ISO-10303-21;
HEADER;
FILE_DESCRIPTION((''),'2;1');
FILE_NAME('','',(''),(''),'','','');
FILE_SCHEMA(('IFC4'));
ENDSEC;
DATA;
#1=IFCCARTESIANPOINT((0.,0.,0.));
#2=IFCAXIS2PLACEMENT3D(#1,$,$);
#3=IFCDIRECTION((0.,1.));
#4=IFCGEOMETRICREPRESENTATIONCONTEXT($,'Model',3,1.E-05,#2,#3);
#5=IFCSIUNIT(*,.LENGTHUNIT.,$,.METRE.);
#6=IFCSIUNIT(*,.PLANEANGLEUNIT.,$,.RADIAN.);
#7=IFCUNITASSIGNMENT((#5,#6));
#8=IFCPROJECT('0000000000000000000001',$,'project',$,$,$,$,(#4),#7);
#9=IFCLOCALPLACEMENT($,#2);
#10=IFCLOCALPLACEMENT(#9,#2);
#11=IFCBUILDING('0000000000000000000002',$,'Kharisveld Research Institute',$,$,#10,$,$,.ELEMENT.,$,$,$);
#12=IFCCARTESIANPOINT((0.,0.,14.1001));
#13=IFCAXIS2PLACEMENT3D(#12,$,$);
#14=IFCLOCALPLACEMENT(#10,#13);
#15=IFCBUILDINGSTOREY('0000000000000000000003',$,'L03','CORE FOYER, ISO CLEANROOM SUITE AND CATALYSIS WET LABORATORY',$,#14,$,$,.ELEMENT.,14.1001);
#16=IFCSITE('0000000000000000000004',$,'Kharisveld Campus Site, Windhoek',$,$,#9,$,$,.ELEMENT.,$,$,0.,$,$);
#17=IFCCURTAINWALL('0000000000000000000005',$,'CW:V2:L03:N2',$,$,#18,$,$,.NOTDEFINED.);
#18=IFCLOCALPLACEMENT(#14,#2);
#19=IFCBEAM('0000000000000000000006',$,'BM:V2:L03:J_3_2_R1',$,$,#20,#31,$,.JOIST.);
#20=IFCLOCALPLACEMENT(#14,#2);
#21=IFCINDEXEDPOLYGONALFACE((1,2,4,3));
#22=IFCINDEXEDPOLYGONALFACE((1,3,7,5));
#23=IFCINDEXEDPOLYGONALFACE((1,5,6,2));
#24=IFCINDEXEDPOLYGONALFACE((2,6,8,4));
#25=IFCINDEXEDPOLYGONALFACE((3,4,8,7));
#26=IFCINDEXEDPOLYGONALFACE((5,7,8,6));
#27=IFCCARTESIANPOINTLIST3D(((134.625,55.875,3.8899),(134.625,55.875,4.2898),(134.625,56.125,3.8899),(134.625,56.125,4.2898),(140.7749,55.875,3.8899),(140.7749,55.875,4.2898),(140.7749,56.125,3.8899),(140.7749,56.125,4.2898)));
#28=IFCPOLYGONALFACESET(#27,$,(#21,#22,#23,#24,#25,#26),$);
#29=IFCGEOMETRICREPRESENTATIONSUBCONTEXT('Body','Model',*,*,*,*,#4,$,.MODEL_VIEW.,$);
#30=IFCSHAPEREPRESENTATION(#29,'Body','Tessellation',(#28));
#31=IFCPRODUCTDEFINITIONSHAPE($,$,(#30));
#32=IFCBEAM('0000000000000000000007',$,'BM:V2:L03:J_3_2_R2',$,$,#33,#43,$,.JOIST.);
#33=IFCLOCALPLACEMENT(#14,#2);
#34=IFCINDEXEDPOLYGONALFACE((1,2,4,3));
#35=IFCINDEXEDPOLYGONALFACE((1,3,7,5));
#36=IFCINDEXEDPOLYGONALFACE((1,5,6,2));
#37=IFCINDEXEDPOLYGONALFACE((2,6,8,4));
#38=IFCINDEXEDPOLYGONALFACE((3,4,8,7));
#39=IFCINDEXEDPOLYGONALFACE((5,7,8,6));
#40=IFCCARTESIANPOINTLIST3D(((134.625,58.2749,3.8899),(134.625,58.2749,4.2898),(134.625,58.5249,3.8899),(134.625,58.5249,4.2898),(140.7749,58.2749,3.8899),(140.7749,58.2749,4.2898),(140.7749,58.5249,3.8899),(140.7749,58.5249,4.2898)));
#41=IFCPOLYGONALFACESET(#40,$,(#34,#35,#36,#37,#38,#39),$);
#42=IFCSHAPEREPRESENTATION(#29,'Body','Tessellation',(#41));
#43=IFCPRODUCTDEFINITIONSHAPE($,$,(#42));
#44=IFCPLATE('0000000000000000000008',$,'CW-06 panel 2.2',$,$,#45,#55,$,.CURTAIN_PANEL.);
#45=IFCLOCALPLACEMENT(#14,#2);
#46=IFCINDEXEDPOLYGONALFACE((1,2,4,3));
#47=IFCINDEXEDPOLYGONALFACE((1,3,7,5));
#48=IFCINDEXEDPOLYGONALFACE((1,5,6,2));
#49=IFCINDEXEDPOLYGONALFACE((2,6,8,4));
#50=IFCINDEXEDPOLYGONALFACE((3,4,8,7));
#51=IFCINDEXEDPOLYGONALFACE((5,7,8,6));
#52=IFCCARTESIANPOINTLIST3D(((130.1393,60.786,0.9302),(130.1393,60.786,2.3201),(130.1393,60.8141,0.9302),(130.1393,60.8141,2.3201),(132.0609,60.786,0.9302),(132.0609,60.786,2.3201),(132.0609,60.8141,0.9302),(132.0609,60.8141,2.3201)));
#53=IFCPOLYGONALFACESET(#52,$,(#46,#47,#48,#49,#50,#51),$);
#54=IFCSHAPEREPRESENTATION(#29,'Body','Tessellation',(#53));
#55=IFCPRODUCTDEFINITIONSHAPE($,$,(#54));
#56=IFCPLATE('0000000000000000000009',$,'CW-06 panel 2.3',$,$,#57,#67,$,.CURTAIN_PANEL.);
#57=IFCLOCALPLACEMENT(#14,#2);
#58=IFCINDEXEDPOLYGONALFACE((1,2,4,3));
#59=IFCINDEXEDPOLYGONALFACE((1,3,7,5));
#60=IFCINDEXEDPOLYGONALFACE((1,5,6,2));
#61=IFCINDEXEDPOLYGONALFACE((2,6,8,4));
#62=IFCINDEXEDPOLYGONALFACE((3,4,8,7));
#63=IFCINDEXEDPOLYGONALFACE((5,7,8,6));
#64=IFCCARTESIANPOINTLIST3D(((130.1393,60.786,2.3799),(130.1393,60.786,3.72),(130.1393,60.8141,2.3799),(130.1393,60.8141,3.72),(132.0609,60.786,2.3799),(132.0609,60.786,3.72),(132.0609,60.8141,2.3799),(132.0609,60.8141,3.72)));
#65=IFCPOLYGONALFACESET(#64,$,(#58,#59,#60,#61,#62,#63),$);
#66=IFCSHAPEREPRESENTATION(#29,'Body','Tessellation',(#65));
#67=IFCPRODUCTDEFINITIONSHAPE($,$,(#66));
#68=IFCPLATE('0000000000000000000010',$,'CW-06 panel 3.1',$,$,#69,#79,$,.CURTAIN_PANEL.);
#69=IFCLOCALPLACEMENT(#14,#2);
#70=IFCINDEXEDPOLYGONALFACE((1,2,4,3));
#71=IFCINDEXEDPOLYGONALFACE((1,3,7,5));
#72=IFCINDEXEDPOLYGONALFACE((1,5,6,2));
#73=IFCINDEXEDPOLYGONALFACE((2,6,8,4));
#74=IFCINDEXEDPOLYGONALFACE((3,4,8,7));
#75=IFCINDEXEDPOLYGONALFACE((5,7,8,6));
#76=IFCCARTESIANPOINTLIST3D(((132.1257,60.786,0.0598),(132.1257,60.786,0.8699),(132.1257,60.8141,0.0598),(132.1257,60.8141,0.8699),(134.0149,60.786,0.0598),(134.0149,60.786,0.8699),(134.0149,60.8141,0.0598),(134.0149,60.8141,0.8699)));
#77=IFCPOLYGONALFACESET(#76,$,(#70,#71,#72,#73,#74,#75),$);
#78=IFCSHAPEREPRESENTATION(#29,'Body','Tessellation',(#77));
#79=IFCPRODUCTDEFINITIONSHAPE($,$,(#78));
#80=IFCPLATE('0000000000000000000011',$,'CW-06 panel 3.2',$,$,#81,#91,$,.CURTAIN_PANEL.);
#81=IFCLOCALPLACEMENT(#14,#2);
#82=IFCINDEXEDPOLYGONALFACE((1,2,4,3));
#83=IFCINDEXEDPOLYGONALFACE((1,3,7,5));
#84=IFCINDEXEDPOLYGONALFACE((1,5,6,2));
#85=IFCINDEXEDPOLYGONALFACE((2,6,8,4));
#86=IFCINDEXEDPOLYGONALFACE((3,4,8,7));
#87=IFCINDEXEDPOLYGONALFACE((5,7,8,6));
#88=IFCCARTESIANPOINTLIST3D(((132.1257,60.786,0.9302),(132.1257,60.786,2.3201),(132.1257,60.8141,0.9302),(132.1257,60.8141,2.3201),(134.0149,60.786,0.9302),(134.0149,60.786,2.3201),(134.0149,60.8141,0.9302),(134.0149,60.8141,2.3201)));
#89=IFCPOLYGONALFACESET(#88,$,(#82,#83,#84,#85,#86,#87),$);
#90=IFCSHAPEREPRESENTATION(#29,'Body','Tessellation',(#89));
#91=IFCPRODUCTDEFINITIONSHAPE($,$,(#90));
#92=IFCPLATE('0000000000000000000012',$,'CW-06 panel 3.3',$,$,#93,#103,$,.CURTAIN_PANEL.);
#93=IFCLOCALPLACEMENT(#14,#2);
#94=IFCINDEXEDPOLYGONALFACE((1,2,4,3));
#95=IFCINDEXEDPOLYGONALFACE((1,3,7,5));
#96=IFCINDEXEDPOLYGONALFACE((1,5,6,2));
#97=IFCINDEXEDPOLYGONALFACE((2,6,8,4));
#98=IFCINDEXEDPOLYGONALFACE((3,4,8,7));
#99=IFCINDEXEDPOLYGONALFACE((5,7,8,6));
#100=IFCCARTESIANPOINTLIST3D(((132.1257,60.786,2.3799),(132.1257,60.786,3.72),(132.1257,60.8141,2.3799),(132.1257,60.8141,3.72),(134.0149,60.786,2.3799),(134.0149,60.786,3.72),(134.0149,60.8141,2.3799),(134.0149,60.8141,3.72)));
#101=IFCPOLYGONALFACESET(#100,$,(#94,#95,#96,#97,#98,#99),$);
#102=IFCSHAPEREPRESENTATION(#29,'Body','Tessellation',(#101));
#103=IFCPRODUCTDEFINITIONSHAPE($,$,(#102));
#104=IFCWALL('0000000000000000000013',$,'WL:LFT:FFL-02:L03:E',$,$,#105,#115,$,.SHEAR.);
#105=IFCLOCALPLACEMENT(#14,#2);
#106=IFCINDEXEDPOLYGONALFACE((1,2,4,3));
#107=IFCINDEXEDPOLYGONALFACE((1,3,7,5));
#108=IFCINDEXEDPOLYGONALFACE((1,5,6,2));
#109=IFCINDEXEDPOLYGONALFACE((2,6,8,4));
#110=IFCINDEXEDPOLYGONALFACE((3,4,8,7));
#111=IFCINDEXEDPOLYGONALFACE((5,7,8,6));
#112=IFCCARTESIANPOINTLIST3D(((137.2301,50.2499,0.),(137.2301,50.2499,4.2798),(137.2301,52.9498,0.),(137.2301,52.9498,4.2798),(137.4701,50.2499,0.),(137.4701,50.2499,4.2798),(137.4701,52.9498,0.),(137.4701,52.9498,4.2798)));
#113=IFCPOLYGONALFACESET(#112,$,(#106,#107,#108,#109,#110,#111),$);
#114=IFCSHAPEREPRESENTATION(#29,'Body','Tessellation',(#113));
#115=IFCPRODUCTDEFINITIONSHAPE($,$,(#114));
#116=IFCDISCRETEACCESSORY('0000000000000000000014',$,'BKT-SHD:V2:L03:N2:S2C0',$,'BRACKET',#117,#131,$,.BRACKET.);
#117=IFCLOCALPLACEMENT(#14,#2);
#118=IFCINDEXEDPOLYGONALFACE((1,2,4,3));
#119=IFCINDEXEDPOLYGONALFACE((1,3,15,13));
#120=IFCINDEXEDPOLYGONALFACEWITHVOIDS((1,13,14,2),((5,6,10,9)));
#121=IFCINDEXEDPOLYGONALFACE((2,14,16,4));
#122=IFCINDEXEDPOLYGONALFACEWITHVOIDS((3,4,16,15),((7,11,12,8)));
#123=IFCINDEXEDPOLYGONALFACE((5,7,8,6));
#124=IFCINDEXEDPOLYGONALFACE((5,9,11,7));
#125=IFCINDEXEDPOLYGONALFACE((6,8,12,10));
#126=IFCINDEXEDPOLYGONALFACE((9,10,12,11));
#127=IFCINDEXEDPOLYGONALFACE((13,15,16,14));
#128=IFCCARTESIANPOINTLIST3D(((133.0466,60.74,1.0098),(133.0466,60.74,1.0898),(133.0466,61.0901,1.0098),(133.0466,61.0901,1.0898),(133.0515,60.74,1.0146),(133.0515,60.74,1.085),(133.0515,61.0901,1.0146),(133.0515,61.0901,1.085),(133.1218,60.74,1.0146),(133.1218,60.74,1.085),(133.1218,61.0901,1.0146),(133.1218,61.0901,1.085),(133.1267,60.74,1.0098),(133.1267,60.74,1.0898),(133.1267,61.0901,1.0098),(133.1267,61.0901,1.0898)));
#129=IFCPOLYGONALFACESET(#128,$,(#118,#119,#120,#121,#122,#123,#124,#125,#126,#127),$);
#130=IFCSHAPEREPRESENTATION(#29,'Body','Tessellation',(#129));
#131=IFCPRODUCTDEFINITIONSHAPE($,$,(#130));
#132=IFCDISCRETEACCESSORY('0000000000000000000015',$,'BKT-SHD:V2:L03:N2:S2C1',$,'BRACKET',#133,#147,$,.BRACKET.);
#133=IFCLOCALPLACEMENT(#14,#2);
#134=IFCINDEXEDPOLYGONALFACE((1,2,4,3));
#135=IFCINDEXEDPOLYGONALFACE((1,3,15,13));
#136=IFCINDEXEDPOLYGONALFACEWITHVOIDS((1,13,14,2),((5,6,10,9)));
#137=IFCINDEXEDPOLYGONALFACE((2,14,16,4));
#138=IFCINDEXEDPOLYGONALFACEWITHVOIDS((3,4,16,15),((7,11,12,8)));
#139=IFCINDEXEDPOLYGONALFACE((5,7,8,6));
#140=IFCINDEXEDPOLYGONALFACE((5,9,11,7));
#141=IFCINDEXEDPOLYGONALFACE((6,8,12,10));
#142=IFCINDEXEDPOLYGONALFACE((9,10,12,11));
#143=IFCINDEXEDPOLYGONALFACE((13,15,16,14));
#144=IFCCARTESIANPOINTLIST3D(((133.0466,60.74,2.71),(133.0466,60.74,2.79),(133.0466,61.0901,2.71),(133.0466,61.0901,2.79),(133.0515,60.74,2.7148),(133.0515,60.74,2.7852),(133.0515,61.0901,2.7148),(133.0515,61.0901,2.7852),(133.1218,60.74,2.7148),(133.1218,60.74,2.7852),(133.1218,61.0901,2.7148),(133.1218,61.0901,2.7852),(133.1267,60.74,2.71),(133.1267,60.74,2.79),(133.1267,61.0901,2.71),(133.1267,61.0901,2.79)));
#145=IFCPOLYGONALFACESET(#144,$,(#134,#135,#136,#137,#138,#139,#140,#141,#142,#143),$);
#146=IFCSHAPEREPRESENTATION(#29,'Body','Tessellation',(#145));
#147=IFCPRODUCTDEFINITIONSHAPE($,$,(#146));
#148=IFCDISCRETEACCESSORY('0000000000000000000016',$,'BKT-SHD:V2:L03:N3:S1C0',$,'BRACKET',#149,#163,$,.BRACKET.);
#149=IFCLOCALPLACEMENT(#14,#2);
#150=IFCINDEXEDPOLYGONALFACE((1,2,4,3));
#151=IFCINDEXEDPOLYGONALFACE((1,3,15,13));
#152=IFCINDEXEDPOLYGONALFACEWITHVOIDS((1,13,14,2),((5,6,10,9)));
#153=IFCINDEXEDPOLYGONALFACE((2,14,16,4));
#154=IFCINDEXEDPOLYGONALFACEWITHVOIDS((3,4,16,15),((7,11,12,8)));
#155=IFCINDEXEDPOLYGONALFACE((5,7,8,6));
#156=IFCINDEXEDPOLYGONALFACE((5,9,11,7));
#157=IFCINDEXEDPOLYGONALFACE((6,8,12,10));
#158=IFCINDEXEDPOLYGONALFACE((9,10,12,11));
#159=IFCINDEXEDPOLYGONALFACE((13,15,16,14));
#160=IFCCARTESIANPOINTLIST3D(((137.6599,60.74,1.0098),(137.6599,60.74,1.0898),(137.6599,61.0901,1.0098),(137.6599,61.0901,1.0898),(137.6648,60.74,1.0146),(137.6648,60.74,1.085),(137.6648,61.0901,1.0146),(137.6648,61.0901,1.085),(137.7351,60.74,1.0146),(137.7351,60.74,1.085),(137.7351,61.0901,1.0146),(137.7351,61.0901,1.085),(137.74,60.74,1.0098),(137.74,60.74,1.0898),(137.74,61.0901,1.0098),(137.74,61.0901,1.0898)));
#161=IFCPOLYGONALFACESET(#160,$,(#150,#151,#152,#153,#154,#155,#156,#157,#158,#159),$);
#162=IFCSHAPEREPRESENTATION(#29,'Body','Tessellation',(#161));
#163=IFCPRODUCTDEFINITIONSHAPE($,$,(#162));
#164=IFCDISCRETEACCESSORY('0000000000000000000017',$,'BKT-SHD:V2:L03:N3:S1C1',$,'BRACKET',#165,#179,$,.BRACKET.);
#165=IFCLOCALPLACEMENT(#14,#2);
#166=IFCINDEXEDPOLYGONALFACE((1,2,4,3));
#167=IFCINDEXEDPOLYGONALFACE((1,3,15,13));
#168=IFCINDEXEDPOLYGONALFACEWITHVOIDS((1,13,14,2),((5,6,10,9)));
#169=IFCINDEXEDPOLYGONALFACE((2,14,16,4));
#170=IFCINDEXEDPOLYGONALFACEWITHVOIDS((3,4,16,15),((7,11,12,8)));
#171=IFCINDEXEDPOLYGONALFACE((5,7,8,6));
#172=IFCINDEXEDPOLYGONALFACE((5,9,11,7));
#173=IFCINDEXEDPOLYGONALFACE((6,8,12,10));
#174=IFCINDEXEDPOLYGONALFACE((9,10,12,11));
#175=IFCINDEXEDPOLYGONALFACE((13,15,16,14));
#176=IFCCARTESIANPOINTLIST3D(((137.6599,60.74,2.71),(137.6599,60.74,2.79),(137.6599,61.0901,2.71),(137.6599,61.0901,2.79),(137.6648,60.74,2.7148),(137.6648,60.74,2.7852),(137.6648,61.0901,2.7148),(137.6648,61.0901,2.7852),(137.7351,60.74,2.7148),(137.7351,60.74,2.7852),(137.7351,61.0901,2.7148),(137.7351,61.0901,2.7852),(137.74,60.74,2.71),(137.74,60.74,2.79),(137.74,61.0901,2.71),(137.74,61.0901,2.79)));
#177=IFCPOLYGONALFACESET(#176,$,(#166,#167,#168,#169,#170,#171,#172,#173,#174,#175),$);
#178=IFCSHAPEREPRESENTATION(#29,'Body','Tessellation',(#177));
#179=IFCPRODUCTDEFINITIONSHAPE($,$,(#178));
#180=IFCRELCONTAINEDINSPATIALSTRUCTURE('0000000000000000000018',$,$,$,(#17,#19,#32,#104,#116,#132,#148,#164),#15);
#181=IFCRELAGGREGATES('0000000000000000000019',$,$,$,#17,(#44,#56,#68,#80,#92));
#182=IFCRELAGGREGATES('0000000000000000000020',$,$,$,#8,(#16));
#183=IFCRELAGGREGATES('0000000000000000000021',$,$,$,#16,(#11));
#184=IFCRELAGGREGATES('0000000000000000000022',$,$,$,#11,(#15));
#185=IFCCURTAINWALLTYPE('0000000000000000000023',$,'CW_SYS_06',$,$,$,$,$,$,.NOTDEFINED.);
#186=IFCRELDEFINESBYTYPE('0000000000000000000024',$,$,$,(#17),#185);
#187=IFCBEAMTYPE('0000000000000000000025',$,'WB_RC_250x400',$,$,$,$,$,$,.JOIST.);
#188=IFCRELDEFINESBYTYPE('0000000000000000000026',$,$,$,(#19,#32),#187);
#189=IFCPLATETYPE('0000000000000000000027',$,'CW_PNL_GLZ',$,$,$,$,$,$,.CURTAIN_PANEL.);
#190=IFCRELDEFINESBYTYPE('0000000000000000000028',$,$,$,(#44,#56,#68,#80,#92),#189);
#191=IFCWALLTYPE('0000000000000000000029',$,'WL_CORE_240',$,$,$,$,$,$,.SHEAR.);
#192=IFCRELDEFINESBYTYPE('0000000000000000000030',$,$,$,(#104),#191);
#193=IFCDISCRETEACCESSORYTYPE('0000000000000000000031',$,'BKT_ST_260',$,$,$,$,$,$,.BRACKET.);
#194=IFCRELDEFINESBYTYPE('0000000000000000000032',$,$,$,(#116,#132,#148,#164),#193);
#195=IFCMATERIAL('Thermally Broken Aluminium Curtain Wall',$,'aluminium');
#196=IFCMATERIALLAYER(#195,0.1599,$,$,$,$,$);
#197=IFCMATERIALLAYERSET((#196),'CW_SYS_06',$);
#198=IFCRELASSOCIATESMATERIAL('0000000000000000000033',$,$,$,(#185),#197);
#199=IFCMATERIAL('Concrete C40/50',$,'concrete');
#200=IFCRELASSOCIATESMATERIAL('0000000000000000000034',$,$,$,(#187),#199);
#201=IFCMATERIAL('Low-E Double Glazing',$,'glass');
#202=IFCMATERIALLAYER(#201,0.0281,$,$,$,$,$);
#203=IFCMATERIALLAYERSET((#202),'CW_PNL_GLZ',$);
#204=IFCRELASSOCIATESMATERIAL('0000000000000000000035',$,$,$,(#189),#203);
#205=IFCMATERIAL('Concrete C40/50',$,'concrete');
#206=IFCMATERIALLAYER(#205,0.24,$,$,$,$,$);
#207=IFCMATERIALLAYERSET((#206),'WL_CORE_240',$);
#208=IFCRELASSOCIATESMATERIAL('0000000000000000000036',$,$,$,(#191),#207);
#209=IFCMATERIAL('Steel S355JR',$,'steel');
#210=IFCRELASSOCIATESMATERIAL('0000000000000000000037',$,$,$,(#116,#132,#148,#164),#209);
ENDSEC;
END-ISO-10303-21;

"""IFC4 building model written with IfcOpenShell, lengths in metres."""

from ifc_helpers import new_model, si_unit, direction, frame, frame_2d, origin, origin_2d, place, context, subcontext, project, spatial, rectangle, hollow_rectangle, extrude, material, layer, layer_set, material_profile, profile_set, type_object, element, aggregate, save


model = new_model("IFC4")

# Units and contexts
model_context = context("Model", 3, precision=1e-05, world=origin(), true_north=direction((0.0, 1.0)))
body_context = subcontext(model_context, "Body", "Model", "MODEL_VIEW")
ifc_project = project(units=[si_unit("LENGTHUNIT", "METRE"), si_unit("PLANEANGLEUNIT", "RADIAN")], contexts=[model_context])

# Site, building, storey
site_placement = place(None, origin())
site = spatial("IfcSite", under=ifc_project, at=site_placement, Name="Kharisveld Campus Site, Windhoek", CompositionType="ELEMENT", RefElevation=0.0)
building_placement = place(site_placement, origin())
building = spatial("IfcBuilding", under=site, at=building_placement, Name="Kharisveld Research Institute", CompositionType="ELEMENT")
storey_placement = place(building_placement, frame((0.0, 0.0, 14.1001)))
storey = spatial("IfcBuildingStorey", under=building, at=storey_placement, Name="L03", Description="CORE FOYER, ISO CLEANROOM SUITE AND CATALYSIS WET LABORATORY", CompositionType="ELEMENT", Elevation=14.1001)

# Curtain wall
ifc_material_1 = material(Name="Thermally Broken Aluminium Curtain Wall", Category="aluminium")
ifc_layer_1 = layer(ifc_material_1, 0.1599)
ifc_layer_set_1 = layer_set([ifc_layer_1], Name="CW_SYS_06")
curtain_wall_type = type_object("IfcCurtainWallType", Name="CW_SYS_06", PredefinedType="NOTDEFINED", material=ifc_layer_set_1)
curtain_wall_placement = place(storey_placement, origin())
curtain_wall = element("IfcCurtainWall", 1, at=curtain_wall_placement, inside=storey, type_object=curtain_wall_type, Name="CW:V2:L03:N2", PredefinedType="NOTDEFINED")

# Beams
ifc_material_2 = material(Name="Concrete C40/50", Category="concrete")
ifc_material_profile_1 = material_profile(ifc_material_2, rectangle(XDim=0.25, YDim=0.3999, at=origin_2d()))
ifc_profile_set_1 = profile_set([ifc_material_profile_1], Name="Concrete C40/50")
beam_type_1 = type_object("IfcBeamType", Name="WB_RC_250x400", PredefinedType="JOIST", material=ifc_profile_set_1)
for number, where, z_axis, x_axis, name in (
    (2, (134.625, 56.0, 4.0898), (1.0, 0.0, 0.0), (0.0, 1.0, 0.0), "BM:V2:L03:J_3_2_R1"),
    (3, (134.625, 58.3999, 4.0898), (1.0, 0.0, 0.0), (0.0, 1.0, 0.0), "BM:V2:L03:J_3_2_R2"),
):
    element("IfcBeam", number, at=place(storey_placement, frame(where, z_axis=z_axis, x_axis=x_axis)), inside=storey, type_object=beam_type_1, Name=name, PredefinedType="JOIST", context=body_context, shape_type="SweptSolid", body=[
        extrude(rectangle(XDim=0.25, YDim=0.3999, at=origin_2d()), origin(), (0.0, 0.0, 1.0), 6.1499),
    ])

# Plates
ifc_material_3 = material(Name="Low-E Double Glazing", Category="glass")
ifc_layer_2 = layer(ifc_material_3, 0.0281)
ifc_layer_set_2 = layer_set([ifc_layer_2], Name="CW_PNL_GLZ")
plate_type = type_object("IfcPlateType", Name="CW_PNL_GLZ", PredefinedType="CURTAIN_PANEL", material=ifc_layer_set_2)
plate_1_placement = place(storey_placement, frame((131.1001, 60.8, 0.9302), z_axis=(0.0, 0.0, 1.0), x_axis=(1.0, 0.0, 0.0)))
plate_1 = element("IfcPlate", 4, at=plate_1_placement, type_object=plate_type, Name="CW-06 panel 2.2", PredefinedType="CURTAIN_PANEL", context=body_context, shape_type="SweptSolid", body=[
    extrude(rectangle(XDim=1.9216, YDim=0.0281, at=origin_2d()), origin(), (0.0, 0.0, 1.0), 1.3899),
])
plate_2_placement = place(storey_placement, frame((131.1001, 60.8, 2.3799), z_axis=(0.0, 0.0, 1.0), x_axis=(1.0, 0.0, 0.0)))
plate_2 = element("IfcPlate", 5, at=plate_2_placement, type_object=plate_type, Name="CW-06 panel 2.3", PredefinedType="CURTAIN_PANEL", context=body_context, shape_type="SweptSolid", body=[
    extrude(rectangle(XDim=1.9216, YDim=0.0281, at=origin_2d()), origin(), (0.0, 0.0, 1.0), 1.3401),
])
plate_3_placement = place(storey_placement, frame((133.0703, 60.8, 0.0598), z_axis=(0.0, 0.0, 1.0), x_axis=(1.0, 0.0, 0.0)))
plate_3 = element("IfcPlate", 6, at=plate_3_placement, type_object=plate_type, Name="CW-06 panel 3.1", PredefinedType="CURTAIN_PANEL", context=body_context, shape_type="SweptSolid", body=[
    extrude(rectangle(XDim=1.8892, YDim=0.0281, at=origin_2d()), origin(), (0.0, 0.0, 1.0), 0.8101),
])
plate_4_placement = place(storey_placement, frame((133.0703, 60.8, 0.9302), z_axis=(0.0, 0.0, 1.0), x_axis=(1.0, 0.0, 0.0)))
plate_4 = element("IfcPlate", 7, at=plate_4_placement, type_object=plate_type, Name="CW-06 panel 3.2", PredefinedType="CURTAIN_PANEL", context=body_context, shape_type="SweptSolid", body=[
    extrude(rectangle(XDim=1.8892, YDim=0.0281, at=origin_2d()), origin(), (0.0, 0.0, 1.0), 1.3899),
])
plate_5_placement = place(storey_placement, frame((133.0703, 60.8, 2.3799), z_axis=(0.0, 0.0, 1.0), x_axis=(1.0, 0.0, 0.0)))
plate_5 = element("IfcPlate", 8, at=plate_5_placement, type_object=plate_type, Name="CW-06 panel 3.3", PredefinedType="CURTAIN_PANEL", context=body_context, shape_type="SweptSolid", body=[
    extrude(rectangle(XDim=1.8892, YDim=0.0281, at=origin_2d()), origin(), (0.0, 0.0, 1.0), 1.3401),
])
aggregate(curtain_wall, [plate_1, plate_2, plate_3, plate_4, plate_5])

# Wall
ifc_material_4 = material(Name="Concrete C40/50", Category="concrete")
ifc_layer_3 = layer(ifc_material_4, 0.24)
ifc_layer_set_3 = layer_set([ifc_layer_3], Name="WL_CORE_240")
wall_type = type_object("IfcWallType", Name="WL_CORE_240", PredefinedType="SHEAR", material=ifc_layer_set_3)
wall_placement = place(storey_placement, frame((137.3501, 52.95, 0.0), z_axis=(0.0, 0.0, 1.0), x_axis=(0.0, -1.0, 0.0)))
element("IfcWall", 9, at=wall_placement, inside=storey, type_object=wall_type, Name="WL:LFT:FFL-02:L03:E", PredefinedType="SHEAR", context=body_context, shape_type="SweptSolid", body=[
    extrude(rectangle(XDim=2.7, YDim=0.24, at=frame_2d((1.3501, 0.0))), origin(), (0.0, 0.0, 1.0), 4.2798),
])

# Discrete accessories
ifc_material_5 = material(Name="Steel S355JR", Category="steel")
discrete_accessory_type = type_object("IfcDiscreteAccessoryType", Name="BKT_ST_260", PredefinedType="BRACKET")
for number, where, z_axis, x_axis, name in (
    (10, (133.0867, 60.74, 1.0498), (0.0, 1.0, 0.0), (-1.0, 0.0, 0.0), "BKT-SHD:V2:L03:N2:S2C0"),
    (11, (133.0867, 60.74, 2.75), (0.0, 1.0, 0.0), (-1.0, 0.0, 0.0), "BKT-SHD:V2:L03:N2:S2C1"),
    (12, (137.7, 60.74, 1.0498), (0.0, 1.0, 0.0), (-1.0, 0.0, 0.0), "BKT-SHD:V2:L03:N3:S1C0"),
    (13, (137.7, 60.74, 2.75), (0.0, 1.0, 0.0), (-1.0, 0.0, 0.0), "BKT-SHD:V2:L03:N3:S1C1"),
):
    element("IfcDiscreteAccessory", number, at=place(storey_placement, frame(where, z_axis=z_axis, x_axis=x_axis)), inside=storey, type_object=discrete_accessory_type, material=ifc_material_5, Name=name, ObjectType="BRACKET", PredefinedType="BRACKET", context=body_context, shape_type="SweptSolid", body=[
        extrude(hollow_rectangle(XDim=0.0801, YDim=0.0801, WallThickness=0.0049, at=origin_2d()), origin(), (0.0, 0.0, 1.0), 0.3501),
    ])

save(model, "model.ifc")
